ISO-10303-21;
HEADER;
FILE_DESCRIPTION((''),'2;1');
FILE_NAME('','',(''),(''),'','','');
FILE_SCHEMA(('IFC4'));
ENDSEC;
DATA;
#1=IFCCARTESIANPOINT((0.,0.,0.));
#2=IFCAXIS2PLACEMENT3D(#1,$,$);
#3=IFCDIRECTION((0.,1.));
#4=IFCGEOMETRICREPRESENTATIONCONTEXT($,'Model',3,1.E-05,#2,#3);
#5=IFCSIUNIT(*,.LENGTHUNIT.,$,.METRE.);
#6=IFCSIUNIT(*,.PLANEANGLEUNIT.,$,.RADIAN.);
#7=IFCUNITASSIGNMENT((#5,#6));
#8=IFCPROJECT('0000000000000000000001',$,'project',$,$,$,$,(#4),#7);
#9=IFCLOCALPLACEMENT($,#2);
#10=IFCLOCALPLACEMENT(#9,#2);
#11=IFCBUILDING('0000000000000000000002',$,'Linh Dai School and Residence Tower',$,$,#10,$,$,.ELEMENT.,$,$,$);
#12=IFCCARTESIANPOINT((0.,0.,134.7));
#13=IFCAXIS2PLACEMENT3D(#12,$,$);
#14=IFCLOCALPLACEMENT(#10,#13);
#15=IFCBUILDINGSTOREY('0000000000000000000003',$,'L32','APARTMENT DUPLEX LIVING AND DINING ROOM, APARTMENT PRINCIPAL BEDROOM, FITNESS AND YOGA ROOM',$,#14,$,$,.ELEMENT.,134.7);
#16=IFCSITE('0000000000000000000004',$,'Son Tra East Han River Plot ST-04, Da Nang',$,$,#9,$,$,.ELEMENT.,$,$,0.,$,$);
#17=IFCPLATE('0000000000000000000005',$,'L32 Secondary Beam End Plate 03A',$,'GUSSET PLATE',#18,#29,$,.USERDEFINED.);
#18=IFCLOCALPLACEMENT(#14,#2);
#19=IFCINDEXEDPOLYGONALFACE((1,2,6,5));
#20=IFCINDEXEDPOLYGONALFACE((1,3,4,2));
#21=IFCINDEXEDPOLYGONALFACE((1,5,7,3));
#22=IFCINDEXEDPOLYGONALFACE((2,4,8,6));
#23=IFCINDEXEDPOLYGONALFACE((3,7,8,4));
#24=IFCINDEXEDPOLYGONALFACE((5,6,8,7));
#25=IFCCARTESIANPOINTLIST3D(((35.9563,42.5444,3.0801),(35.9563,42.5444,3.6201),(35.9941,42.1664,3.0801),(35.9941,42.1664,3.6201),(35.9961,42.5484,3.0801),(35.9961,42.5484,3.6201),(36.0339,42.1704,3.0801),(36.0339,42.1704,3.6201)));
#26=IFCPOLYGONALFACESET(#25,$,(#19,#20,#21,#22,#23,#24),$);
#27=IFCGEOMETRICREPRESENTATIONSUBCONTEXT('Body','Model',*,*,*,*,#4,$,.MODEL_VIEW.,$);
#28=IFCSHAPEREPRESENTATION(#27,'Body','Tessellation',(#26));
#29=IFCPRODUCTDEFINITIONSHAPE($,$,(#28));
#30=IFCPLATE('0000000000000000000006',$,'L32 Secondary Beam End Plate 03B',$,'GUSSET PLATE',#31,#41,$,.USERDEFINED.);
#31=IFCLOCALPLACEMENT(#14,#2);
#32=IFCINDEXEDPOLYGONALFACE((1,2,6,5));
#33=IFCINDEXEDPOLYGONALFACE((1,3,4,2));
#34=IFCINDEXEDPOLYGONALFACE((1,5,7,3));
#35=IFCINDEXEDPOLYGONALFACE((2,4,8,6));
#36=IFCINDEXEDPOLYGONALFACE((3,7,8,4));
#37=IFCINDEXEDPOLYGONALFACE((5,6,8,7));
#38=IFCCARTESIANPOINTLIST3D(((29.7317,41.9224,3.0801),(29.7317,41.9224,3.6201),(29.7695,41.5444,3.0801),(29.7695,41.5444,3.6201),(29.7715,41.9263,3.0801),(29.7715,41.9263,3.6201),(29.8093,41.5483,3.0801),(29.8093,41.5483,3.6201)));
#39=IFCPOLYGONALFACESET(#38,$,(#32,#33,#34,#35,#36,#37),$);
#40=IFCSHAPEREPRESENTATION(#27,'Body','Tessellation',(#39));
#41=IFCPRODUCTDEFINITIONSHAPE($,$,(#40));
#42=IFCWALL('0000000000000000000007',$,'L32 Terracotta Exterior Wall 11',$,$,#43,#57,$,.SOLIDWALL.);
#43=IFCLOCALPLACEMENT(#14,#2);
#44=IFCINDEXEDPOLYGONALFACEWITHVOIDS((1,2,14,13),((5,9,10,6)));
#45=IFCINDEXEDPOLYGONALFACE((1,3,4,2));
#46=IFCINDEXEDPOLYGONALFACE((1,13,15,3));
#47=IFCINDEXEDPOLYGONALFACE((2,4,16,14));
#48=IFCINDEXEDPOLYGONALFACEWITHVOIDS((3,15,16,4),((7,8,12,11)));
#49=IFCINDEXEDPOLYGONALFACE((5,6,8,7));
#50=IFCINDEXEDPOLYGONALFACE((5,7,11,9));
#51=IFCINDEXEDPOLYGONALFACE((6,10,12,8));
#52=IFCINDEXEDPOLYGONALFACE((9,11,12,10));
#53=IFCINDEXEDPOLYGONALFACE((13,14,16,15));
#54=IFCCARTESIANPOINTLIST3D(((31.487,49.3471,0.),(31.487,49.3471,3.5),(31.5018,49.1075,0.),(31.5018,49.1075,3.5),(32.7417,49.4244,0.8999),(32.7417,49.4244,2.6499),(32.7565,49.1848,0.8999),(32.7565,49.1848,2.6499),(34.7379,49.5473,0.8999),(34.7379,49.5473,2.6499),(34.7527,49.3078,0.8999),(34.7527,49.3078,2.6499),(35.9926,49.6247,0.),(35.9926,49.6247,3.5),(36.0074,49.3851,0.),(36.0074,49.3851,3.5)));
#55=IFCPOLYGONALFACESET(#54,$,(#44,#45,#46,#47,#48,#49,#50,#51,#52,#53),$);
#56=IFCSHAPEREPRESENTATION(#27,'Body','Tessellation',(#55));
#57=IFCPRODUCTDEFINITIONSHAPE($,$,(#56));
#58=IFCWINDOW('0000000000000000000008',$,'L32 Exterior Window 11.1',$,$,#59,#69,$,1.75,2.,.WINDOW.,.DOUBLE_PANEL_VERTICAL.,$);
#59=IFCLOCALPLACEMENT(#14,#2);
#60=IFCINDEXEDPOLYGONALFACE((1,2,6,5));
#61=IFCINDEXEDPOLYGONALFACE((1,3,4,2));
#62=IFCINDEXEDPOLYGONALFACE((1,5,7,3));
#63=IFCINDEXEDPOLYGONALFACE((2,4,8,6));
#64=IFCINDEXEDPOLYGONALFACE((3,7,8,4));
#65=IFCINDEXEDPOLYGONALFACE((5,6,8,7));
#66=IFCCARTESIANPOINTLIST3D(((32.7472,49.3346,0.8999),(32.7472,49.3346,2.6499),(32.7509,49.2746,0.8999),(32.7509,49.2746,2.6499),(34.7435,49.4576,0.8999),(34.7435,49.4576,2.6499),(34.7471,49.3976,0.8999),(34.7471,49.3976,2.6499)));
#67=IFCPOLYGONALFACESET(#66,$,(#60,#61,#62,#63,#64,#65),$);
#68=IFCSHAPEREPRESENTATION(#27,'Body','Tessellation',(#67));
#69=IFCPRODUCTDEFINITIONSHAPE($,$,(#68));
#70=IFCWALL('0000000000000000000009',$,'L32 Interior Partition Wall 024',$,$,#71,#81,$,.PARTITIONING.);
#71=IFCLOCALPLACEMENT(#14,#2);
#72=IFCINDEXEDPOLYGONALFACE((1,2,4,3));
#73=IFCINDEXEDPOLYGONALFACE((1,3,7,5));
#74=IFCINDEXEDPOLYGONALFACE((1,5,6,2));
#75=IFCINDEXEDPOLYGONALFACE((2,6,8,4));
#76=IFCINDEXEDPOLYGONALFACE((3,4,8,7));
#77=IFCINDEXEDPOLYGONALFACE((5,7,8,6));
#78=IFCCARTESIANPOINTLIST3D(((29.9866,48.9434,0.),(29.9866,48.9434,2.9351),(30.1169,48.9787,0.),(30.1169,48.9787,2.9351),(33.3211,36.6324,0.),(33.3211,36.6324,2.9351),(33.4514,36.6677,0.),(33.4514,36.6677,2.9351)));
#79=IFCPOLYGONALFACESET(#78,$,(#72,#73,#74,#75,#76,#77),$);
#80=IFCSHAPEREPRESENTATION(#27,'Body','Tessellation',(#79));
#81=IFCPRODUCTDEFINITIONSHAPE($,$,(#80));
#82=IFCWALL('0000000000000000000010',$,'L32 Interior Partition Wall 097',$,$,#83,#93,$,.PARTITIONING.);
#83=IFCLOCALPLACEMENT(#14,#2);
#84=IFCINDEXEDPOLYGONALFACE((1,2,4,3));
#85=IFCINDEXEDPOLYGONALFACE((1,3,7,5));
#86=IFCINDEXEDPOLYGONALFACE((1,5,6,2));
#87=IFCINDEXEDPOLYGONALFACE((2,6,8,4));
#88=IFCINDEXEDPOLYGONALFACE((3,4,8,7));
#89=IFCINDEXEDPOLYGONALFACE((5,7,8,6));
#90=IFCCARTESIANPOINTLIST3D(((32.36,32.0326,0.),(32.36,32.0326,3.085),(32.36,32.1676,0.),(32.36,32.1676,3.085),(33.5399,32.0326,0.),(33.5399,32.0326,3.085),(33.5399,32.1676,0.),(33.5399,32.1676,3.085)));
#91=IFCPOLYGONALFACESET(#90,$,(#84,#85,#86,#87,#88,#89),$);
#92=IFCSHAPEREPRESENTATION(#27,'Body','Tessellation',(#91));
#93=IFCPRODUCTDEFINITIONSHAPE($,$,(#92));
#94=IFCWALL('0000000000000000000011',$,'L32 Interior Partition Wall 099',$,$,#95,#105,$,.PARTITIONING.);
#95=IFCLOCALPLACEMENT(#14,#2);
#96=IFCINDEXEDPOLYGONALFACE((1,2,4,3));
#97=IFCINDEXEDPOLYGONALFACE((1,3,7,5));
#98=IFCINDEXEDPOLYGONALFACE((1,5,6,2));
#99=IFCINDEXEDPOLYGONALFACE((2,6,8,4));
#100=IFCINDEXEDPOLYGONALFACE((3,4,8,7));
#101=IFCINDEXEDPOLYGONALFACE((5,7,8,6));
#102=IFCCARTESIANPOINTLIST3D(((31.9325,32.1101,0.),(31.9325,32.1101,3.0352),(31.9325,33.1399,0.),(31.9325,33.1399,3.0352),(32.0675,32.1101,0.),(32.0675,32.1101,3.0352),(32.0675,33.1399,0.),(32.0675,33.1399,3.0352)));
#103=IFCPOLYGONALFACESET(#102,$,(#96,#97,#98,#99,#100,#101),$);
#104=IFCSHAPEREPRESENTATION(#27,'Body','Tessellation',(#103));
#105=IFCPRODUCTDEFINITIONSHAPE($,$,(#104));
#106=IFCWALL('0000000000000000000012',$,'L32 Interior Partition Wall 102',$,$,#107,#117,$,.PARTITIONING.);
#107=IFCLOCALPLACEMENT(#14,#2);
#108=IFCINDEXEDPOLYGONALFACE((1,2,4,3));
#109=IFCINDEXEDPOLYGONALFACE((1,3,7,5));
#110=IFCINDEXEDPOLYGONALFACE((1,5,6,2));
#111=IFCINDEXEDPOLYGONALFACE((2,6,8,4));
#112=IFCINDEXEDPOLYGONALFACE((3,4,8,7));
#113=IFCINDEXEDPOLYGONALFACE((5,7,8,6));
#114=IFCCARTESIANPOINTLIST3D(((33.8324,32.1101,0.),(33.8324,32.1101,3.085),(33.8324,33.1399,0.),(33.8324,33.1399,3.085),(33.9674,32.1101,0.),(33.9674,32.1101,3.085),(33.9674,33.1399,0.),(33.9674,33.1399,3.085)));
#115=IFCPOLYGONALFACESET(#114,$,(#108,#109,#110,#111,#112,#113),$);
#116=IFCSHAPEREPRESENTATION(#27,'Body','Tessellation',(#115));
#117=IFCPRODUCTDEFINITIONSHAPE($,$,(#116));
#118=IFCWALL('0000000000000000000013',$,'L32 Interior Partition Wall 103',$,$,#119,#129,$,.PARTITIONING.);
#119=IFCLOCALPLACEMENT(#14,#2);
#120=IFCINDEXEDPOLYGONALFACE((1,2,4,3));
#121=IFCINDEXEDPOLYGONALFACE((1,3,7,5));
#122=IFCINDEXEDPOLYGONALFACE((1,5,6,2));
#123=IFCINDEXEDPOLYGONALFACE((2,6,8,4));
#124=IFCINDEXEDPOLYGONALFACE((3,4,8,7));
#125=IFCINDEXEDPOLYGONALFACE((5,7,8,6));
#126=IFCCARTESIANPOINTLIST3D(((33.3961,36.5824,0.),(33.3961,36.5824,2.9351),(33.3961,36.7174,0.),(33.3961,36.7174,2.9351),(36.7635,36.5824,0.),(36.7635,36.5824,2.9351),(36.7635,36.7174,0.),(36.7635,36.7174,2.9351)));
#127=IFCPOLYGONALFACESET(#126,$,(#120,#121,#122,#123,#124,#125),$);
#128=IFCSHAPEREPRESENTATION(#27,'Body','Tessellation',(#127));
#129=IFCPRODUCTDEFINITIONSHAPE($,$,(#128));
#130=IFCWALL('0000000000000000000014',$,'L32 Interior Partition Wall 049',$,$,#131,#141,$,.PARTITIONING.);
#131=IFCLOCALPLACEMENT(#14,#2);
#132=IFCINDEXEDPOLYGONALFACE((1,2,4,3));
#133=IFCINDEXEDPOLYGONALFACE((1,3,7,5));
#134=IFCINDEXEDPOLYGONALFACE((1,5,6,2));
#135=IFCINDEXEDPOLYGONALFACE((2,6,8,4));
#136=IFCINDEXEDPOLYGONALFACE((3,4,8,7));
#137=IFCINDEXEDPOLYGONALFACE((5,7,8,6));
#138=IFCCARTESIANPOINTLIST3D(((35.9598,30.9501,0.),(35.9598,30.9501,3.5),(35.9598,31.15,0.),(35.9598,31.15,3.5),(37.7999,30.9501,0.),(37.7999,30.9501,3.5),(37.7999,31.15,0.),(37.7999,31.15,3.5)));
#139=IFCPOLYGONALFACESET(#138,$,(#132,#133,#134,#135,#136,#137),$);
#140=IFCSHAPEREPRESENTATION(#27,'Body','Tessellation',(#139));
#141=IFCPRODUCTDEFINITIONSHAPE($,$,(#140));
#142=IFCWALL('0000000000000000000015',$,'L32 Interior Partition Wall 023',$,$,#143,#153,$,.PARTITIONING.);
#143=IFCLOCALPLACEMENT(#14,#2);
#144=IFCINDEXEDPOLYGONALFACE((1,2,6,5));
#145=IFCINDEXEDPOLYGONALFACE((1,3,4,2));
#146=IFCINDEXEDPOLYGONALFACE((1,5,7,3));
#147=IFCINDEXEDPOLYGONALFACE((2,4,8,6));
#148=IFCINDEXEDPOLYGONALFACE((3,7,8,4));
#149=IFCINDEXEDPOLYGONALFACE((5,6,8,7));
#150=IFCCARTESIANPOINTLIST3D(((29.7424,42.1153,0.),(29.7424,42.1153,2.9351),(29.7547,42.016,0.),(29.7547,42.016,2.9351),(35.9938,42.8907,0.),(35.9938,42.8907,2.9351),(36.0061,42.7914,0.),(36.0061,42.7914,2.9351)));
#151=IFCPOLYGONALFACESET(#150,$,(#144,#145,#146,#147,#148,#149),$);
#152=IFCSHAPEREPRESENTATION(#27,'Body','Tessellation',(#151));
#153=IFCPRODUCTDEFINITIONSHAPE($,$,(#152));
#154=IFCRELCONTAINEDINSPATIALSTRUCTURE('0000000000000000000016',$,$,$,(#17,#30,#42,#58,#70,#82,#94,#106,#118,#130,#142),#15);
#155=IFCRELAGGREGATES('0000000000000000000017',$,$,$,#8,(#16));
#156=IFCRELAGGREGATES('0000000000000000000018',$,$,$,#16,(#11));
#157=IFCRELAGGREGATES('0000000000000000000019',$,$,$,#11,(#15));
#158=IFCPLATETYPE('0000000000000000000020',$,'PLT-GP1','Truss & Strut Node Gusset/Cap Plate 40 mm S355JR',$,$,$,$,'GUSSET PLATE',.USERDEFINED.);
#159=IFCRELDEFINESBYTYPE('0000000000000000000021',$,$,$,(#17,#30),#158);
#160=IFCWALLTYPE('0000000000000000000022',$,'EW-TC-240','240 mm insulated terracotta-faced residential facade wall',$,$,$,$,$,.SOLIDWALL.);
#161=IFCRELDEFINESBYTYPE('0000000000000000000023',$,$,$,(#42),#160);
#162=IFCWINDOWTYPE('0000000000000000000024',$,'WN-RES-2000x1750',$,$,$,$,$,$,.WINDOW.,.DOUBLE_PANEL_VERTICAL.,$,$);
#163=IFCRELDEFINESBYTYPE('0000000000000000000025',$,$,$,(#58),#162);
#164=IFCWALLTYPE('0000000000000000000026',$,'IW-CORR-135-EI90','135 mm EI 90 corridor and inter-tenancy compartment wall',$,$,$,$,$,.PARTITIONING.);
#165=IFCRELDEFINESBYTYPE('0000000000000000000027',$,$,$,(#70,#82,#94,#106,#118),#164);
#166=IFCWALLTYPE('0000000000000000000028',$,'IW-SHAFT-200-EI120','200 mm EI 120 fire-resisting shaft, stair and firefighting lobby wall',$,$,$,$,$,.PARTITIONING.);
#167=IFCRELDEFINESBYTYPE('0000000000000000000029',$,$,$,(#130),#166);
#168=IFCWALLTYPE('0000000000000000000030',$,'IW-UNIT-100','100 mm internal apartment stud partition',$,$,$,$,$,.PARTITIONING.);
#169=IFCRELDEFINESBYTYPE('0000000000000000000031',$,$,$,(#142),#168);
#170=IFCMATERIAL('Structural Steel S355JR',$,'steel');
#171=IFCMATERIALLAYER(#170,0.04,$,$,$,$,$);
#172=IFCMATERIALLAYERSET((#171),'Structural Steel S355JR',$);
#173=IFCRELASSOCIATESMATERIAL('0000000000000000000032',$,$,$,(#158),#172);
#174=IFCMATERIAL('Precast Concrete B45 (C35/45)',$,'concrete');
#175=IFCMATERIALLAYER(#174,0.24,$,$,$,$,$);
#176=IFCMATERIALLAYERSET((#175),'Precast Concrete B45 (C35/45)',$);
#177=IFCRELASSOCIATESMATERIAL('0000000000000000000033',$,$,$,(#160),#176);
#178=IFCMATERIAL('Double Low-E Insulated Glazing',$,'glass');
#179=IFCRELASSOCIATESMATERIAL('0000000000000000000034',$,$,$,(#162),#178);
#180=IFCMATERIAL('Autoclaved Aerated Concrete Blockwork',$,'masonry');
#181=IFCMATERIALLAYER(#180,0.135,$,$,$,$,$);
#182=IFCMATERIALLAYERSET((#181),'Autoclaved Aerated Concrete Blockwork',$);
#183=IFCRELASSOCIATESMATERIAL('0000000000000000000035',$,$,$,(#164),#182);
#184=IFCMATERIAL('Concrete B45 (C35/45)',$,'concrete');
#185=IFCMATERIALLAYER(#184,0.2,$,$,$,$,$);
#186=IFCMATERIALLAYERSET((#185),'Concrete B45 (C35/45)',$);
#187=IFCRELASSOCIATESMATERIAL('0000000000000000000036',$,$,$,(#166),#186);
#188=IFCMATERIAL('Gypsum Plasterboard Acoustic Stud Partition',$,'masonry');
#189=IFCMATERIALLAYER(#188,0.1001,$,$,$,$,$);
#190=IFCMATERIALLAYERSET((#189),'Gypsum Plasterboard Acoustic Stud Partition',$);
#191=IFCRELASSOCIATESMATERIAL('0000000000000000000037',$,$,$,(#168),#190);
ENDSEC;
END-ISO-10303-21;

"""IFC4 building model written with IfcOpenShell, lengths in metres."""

from ifc_helpers import new_model, si_unit, direction, frame, frame_2d, origin, origin_2d, place, context, subcontext, project, spatial, rectangle, extrude, source, transform, mapped, material, layer, layer_set, type_object, element, fill, save


model = new_model("IFC4")

# Units and contexts
model_context = context("Model", 3, precision=1e-05, world=origin(), true_north=direction((0.0, 1.0)))
body_context = subcontext(model_context, "Body", "Model", "MODEL_VIEW")
ifc_project = project(units=[si_unit("LENGTHUNIT", "METRE"), si_unit("PLANEANGLEUNIT", "RADIAN")], contexts=[model_context])

# Site, building, storey
site_placement = place(None, origin())
site = spatial("IfcSite", under=ifc_project, at=site_placement, Name="Son Tra East Han River Plot ST-04, Da Nang", CompositionType="ELEMENT", RefElevation=0.0)
building_placement = place(site_placement, origin())
building = spatial("IfcBuilding", under=site, at=building_placement, Name="Linh Dai School and Residence Tower", CompositionType="ELEMENT")
storey_placement = place(building_placement, frame((0.0, 0.0, 134.7)))
storey = spatial("IfcBuildingStorey", under=building, at=storey_placement, Name="L32", Description="APARTMENT DUPLEX LIVING AND DINING ROOM, APARTMENT PRINCIPAL BEDROOM, FITNESS AND YOGA ROOM", CompositionType="ELEMENT", Elevation=134.7)

# Shared definitions
ifc_material_1 = material(Name="Structural Steel S355JR", Category="steel")

# Plates
ifc_layer_1 = layer(ifc_material_1, 0.04)
ifc_layer_set_1 = layer_set([ifc_layer_1], Name="Structural Steel S355JR")
plate_type = type_object("IfcPlateType", Name="PLT-GP1", Description="Truss & Strut Node Gusset/Cap Plate 40 mm S355JR", ElementType="GUSSET PLATE", PredefinedType="USERDEFINED", material=ifc_layer_set_1)
shared_shape_1 = source(origin(), body_context, "Body", "SweptSolid", [
    extrude(rectangle(XDim=0.04, YDim=0.3799, at=origin_2d()), origin(), (0.0, 0.0, 1.0), 0.54),
])
for number, where, z_axis, x_axis, name in (
    (1, (35.9951, 42.3574, 3.0801), (0.0, 0.0, 1.0), (-0.995042, -0.099458, 0.0), "L32 Secondary Beam End Plate 03A"),
    (2, (29.7705, 41.7354, 3.0801), (0.0, 0.0, 1.0), (-0.995042, -0.099458, 0.0), "L32 Secondary Beam End Plate 03B"),
):
    element("IfcPlate", number, at=place(storey_placement, frame(where, z_axis=z_axis, x_axis=x_axis)), inside=storey, type_object=plate_type, Name=name, ObjectType="GUSSET PLATE", PredefinedType="USERDEFINED", context=body_context, shape_type="MappedRepresentation", body=[
        mapped(shared_shape_1, transform((0.0, 0.0, 0.0), x_axis=(1.0, 0.0, 0.0), y_axis=(0.0, 1.0, 0.0), z_axis=(0.0, 0.0, 1.0), scale=1.0)),
    ])

# Wall, opening, window
ifc_material_2 = material(Name="Precast Concrete B45 (C35/45)", Category="concrete")
ifc_layer_2 = layer(ifc_material_2, 0.24)
ifc_layer_set_2 = layer_set([ifc_layer_2], Name="Precast Concrete B45 (C35/45)")
wall_type_1 = type_object("IfcWallType", Name="EW-TC-240", Description="240 mm insulated terracotta-faced residential facade wall", PredefinedType="SOLIDWALL", material=ifc_layer_set_2)
wall_1_placement = place(storey_placement, frame((31.4944, 49.2273, 0.0), z_axis=(0.0, 0.0, 1.0), x_axis=(0.998108, 0.061493, 0.0)))
wall_1 = element("IfcWall", 3, at=wall_1_placement, inside=storey, type_object=wall_type_1, Name="L32 Terracotta Exterior Wall 11", PredefinedType="SOLIDWALL", context=body_context, shape_type="SweptSolid", body=[
    extrude(rectangle(XDim=4.5142, YDim=0.24, at=frame_2d((2.2571, 0.0))), origin(), (0.0, 0.0, 1.0), 3.5),
])
opening_1_placement = place(wall_1_placement, frame((1.2571, 0.0, 0.8999)))
opening_1 = element("IfcOpeningElement", 4, at=opening_1_placement, cuts=wall_1, PredefinedType="OPENING", context=body_context, shape_type="SweptSolid", body=[
    extrude(rectangle(XDim=2.0, YDim=1.75, at=origin_2d()), frame((1.0, 0.1299, 0.875), z_axis=(0.0, -1.0, 0.0), x_axis=(1.0, 0.0, 0.0)), (0.0, 0.0, 1.0), 0.26),
])
ifc_material_3 = material(Name="Double Low-E Insulated Glazing", Category="glass")
window_type = type_object("IfcWindowType", Name="WN-RES-2000x1750", PartitioningType="DOUBLE_PANEL_VERTICAL", PredefinedType="WINDOW", material=ifc_material_3)
shared_shape_2 = source(origin(), body_context, "Body", "SweptSolid", [
    extrude(rectangle(XDim=2.0, YDim=1.75, at=origin_2d()), frame((1.0, 0.03, 0.875), z_axis=(0.0, -1.0, 0.0), x_axis=(1.0, 0.0, 0.0)), (0.0, 0.0, 1.0), 0.0601),
])
window_placement = place(opening_1_placement, origin())
window = element("IfcWindow", 5, at=window_placement, inside=storey, type_object=window_type, Name="L32 Exterior Window 11.1", OverallHeight=1.75, OverallWidth=2.0, PartitioningType="DOUBLE_PANEL_VERTICAL", PredefinedType="WINDOW", context=body_context, shape_type="MappedRepresentation", body=[
    mapped(shared_shape_2, transform((0.0, 0.0, 0.0), x_axis=(1.0, 0.0, 0.0), y_axis=(0.0, 1.0, 0.0), z_axis=(0.0, 0.0, 1.0), scale=1.0)),
])
fill(opening_1, window)

# Walls
ifc_material_4 = material(Name="Autoclaved Aerated Concrete Blockwork", Category="masonry")
ifc_layer_3 = layer(ifc_material_4, 0.135)
ifc_layer_set_3 = layer_set([ifc_layer_3], Name="Autoclaved Aerated Concrete Blockwork")
wall_type_2 = type_object("IfcWallType", Name="IW-CORR-135-EI90", Description="135 mm EI 90 corridor and inter-tenancy compartment wall", PredefinedType="PARTITIONING", material=ifc_layer_set_3)
wall_2_placement = place(storey_placement, frame((30.0518, 48.9612, 0.0), z_axis=(0.0, 0.0, 1.0), x_axis=(0.261433, -0.965222, 0.0)))
element("IfcWall", 6, at=wall_2_placement, inside=storey, type_object=wall_type_2, Name="L32 Interior Partition Wall 024", PredefinedType="PARTITIONING", context=body_context, shape_type="SweptSolid", body=[
    extrude(rectangle(XDim=12.7546, YDim=0.135, at=frame_2d((6.3774, 0.0))), origin(), (0.0, 0.0, 1.0), 2.9351),
])
wall_3_placement = place(storey_placement, frame((32.3601, 32.1001, 0.0), z_axis=(0.0, 0.0, 1.0), x_axis=(1.0, 0.0, 0.0)))
element("IfcWall", 7, at=wall_3_placement, inside=storey, type_object=wall_type_2, Name="L32 Interior Partition Wall 097", PredefinedType="PARTITIONING", context=body_context, shape_type="SweptSolid", body=[
    extrude(rectangle(XDim=1.1799, YDim=0.135, at=frame_2d((0.5898, 0.0))), origin(), (0.0, 0.0, 1.0), 3.085),
])
wall_4_placement = place(storey_placement, frame((32.0, 33.1399, 0.0), z_axis=(0.0, 0.0, 1.0), x_axis=(0.0, -1.0, 0.0)))
element("IfcWall", 8, at=wall_4_placement, inside=storey, type_object=wall_type_2, Name="L32 Interior Partition Wall 099", PredefinedType="PARTITIONING", context=body_context, shape_type="SweptSolid", body=[
    extrude(rectangle(XDim=1.0298, YDim=0.135, at=frame_2d((0.5149, 0.0))), origin(), (0.0, 0.0, 1.0), 3.0352),
])
wall_5_placement = place(storey_placement, frame((33.8999, 32.1101, 0.0), z_axis=(0.0, 0.0, 1.0), x_axis=(0.0, 1.0, 0.0)))
element("IfcWall", 9, at=wall_5_placement, inside=storey, type_object=wall_type_2, Name="L32 Interior Partition Wall 102", PredefinedType="PARTITIONING", context=body_context, shape_type="SweptSolid", body=[
    extrude(rectangle(XDim=1.0298, YDim=0.135, at=frame_2d((0.5149, 0.0))), origin(), (0.0, 0.0, 1.0), 3.085),
])
wall_6_placement = place(storey_placement, frame((33.3962, 36.6499, 0.0), z_axis=(0.0, 0.0, 1.0), x_axis=(1.0, 0.0, 0.0)))
element("IfcWall", 10, at=wall_6_placement, inside=storey, type_object=wall_type_2, Name="L32 Interior Partition Wall 103", PredefinedType="PARTITIONING", context=body_context, shape_type="SweptSolid", body=[
    extrude(rectangle(XDim=3.3674, YDim=0.135, at=frame_2d((1.6836, 0.0))), origin(), (0.0, 0.0, 1.0), 2.9351),
])
ifc_material_5 = material(Name="Concrete B45 (C35/45)", Category="concrete")
ifc_layer_4 = layer(ifc_material_5, 0.2)
ifc_layer_set_4 = layer_set([ifc_layer_4], Name="Concrete B45 (C35/45)")
wall_type_3 = type_object("IfcWallType", Name="IW-SHAFT-200-EI120", Description="200 mm EI 120 fire-resisting shaft, stair and firefighting lobby wall", PredefinedType="PARTITIONING", material=ifc_layer_set_4)
wall_7_placement = place(storey_placement, frame((35.96, 31.05, 0.0), z_axis=(0.0, 0.0, 1.0), x_axis=(1.0, 0.0, 0.0)))
element("IfcWall", 11, at=wall_7_placement, inside=storey, type_object=wall_type_3, Name="L32 Interior Partition Wall 049", PredefinedType="PARTITIONING", context=body_context, shape_type="SweptSolid", body=[
    extrude(rectangle(XDim=1.8401, YDim=0.2, at=frame_2d((0.9199, 0.0))), origin(), (0.0, 0.0, 1.0), 3.5),
])
ifc_material_6 = material(Name="Gypsum Plasterboard Acoustic Stud Partition", Category="masonry")
ifc_layer_5 = layer(ifc_material_6, 0.1001)
ifc_layer_set_5 = layer_set([ifc_layer_5], Name="Gypsum Plasterboard Acoustic Stud Partition")
wall_type_4 = type_object("IfcWallType", Name="IW-UNIT-100", Description="100 mm internal apartment stud partition", PredefinedType="PARTITIONING", material=ifc_layer_set_5)
wall_8_placement = place(storey_placement, frame((29.7485, 42.0657, 0.0), z_axis=(0.0, 0.0, 1.0), x_axis=(0.992395, 0.12309, 0.0)))
element("IfcWall", 12, at=wall_8_placement, inside=storey, type_object=wall_type_4, Name="L32 Interior Partition Wall 023", PredefinedType="PARTITIONING", context=body_context, shape_type="SweptSolid", body=[
    extrude(rectangle(XDim=6.2993, YDim=0.1001, at=frame_2d((3.1497, 0.0))), origin(), (0.0, 0.0, 1.0), 2.9351),
])

save(model, "model.ifc")
